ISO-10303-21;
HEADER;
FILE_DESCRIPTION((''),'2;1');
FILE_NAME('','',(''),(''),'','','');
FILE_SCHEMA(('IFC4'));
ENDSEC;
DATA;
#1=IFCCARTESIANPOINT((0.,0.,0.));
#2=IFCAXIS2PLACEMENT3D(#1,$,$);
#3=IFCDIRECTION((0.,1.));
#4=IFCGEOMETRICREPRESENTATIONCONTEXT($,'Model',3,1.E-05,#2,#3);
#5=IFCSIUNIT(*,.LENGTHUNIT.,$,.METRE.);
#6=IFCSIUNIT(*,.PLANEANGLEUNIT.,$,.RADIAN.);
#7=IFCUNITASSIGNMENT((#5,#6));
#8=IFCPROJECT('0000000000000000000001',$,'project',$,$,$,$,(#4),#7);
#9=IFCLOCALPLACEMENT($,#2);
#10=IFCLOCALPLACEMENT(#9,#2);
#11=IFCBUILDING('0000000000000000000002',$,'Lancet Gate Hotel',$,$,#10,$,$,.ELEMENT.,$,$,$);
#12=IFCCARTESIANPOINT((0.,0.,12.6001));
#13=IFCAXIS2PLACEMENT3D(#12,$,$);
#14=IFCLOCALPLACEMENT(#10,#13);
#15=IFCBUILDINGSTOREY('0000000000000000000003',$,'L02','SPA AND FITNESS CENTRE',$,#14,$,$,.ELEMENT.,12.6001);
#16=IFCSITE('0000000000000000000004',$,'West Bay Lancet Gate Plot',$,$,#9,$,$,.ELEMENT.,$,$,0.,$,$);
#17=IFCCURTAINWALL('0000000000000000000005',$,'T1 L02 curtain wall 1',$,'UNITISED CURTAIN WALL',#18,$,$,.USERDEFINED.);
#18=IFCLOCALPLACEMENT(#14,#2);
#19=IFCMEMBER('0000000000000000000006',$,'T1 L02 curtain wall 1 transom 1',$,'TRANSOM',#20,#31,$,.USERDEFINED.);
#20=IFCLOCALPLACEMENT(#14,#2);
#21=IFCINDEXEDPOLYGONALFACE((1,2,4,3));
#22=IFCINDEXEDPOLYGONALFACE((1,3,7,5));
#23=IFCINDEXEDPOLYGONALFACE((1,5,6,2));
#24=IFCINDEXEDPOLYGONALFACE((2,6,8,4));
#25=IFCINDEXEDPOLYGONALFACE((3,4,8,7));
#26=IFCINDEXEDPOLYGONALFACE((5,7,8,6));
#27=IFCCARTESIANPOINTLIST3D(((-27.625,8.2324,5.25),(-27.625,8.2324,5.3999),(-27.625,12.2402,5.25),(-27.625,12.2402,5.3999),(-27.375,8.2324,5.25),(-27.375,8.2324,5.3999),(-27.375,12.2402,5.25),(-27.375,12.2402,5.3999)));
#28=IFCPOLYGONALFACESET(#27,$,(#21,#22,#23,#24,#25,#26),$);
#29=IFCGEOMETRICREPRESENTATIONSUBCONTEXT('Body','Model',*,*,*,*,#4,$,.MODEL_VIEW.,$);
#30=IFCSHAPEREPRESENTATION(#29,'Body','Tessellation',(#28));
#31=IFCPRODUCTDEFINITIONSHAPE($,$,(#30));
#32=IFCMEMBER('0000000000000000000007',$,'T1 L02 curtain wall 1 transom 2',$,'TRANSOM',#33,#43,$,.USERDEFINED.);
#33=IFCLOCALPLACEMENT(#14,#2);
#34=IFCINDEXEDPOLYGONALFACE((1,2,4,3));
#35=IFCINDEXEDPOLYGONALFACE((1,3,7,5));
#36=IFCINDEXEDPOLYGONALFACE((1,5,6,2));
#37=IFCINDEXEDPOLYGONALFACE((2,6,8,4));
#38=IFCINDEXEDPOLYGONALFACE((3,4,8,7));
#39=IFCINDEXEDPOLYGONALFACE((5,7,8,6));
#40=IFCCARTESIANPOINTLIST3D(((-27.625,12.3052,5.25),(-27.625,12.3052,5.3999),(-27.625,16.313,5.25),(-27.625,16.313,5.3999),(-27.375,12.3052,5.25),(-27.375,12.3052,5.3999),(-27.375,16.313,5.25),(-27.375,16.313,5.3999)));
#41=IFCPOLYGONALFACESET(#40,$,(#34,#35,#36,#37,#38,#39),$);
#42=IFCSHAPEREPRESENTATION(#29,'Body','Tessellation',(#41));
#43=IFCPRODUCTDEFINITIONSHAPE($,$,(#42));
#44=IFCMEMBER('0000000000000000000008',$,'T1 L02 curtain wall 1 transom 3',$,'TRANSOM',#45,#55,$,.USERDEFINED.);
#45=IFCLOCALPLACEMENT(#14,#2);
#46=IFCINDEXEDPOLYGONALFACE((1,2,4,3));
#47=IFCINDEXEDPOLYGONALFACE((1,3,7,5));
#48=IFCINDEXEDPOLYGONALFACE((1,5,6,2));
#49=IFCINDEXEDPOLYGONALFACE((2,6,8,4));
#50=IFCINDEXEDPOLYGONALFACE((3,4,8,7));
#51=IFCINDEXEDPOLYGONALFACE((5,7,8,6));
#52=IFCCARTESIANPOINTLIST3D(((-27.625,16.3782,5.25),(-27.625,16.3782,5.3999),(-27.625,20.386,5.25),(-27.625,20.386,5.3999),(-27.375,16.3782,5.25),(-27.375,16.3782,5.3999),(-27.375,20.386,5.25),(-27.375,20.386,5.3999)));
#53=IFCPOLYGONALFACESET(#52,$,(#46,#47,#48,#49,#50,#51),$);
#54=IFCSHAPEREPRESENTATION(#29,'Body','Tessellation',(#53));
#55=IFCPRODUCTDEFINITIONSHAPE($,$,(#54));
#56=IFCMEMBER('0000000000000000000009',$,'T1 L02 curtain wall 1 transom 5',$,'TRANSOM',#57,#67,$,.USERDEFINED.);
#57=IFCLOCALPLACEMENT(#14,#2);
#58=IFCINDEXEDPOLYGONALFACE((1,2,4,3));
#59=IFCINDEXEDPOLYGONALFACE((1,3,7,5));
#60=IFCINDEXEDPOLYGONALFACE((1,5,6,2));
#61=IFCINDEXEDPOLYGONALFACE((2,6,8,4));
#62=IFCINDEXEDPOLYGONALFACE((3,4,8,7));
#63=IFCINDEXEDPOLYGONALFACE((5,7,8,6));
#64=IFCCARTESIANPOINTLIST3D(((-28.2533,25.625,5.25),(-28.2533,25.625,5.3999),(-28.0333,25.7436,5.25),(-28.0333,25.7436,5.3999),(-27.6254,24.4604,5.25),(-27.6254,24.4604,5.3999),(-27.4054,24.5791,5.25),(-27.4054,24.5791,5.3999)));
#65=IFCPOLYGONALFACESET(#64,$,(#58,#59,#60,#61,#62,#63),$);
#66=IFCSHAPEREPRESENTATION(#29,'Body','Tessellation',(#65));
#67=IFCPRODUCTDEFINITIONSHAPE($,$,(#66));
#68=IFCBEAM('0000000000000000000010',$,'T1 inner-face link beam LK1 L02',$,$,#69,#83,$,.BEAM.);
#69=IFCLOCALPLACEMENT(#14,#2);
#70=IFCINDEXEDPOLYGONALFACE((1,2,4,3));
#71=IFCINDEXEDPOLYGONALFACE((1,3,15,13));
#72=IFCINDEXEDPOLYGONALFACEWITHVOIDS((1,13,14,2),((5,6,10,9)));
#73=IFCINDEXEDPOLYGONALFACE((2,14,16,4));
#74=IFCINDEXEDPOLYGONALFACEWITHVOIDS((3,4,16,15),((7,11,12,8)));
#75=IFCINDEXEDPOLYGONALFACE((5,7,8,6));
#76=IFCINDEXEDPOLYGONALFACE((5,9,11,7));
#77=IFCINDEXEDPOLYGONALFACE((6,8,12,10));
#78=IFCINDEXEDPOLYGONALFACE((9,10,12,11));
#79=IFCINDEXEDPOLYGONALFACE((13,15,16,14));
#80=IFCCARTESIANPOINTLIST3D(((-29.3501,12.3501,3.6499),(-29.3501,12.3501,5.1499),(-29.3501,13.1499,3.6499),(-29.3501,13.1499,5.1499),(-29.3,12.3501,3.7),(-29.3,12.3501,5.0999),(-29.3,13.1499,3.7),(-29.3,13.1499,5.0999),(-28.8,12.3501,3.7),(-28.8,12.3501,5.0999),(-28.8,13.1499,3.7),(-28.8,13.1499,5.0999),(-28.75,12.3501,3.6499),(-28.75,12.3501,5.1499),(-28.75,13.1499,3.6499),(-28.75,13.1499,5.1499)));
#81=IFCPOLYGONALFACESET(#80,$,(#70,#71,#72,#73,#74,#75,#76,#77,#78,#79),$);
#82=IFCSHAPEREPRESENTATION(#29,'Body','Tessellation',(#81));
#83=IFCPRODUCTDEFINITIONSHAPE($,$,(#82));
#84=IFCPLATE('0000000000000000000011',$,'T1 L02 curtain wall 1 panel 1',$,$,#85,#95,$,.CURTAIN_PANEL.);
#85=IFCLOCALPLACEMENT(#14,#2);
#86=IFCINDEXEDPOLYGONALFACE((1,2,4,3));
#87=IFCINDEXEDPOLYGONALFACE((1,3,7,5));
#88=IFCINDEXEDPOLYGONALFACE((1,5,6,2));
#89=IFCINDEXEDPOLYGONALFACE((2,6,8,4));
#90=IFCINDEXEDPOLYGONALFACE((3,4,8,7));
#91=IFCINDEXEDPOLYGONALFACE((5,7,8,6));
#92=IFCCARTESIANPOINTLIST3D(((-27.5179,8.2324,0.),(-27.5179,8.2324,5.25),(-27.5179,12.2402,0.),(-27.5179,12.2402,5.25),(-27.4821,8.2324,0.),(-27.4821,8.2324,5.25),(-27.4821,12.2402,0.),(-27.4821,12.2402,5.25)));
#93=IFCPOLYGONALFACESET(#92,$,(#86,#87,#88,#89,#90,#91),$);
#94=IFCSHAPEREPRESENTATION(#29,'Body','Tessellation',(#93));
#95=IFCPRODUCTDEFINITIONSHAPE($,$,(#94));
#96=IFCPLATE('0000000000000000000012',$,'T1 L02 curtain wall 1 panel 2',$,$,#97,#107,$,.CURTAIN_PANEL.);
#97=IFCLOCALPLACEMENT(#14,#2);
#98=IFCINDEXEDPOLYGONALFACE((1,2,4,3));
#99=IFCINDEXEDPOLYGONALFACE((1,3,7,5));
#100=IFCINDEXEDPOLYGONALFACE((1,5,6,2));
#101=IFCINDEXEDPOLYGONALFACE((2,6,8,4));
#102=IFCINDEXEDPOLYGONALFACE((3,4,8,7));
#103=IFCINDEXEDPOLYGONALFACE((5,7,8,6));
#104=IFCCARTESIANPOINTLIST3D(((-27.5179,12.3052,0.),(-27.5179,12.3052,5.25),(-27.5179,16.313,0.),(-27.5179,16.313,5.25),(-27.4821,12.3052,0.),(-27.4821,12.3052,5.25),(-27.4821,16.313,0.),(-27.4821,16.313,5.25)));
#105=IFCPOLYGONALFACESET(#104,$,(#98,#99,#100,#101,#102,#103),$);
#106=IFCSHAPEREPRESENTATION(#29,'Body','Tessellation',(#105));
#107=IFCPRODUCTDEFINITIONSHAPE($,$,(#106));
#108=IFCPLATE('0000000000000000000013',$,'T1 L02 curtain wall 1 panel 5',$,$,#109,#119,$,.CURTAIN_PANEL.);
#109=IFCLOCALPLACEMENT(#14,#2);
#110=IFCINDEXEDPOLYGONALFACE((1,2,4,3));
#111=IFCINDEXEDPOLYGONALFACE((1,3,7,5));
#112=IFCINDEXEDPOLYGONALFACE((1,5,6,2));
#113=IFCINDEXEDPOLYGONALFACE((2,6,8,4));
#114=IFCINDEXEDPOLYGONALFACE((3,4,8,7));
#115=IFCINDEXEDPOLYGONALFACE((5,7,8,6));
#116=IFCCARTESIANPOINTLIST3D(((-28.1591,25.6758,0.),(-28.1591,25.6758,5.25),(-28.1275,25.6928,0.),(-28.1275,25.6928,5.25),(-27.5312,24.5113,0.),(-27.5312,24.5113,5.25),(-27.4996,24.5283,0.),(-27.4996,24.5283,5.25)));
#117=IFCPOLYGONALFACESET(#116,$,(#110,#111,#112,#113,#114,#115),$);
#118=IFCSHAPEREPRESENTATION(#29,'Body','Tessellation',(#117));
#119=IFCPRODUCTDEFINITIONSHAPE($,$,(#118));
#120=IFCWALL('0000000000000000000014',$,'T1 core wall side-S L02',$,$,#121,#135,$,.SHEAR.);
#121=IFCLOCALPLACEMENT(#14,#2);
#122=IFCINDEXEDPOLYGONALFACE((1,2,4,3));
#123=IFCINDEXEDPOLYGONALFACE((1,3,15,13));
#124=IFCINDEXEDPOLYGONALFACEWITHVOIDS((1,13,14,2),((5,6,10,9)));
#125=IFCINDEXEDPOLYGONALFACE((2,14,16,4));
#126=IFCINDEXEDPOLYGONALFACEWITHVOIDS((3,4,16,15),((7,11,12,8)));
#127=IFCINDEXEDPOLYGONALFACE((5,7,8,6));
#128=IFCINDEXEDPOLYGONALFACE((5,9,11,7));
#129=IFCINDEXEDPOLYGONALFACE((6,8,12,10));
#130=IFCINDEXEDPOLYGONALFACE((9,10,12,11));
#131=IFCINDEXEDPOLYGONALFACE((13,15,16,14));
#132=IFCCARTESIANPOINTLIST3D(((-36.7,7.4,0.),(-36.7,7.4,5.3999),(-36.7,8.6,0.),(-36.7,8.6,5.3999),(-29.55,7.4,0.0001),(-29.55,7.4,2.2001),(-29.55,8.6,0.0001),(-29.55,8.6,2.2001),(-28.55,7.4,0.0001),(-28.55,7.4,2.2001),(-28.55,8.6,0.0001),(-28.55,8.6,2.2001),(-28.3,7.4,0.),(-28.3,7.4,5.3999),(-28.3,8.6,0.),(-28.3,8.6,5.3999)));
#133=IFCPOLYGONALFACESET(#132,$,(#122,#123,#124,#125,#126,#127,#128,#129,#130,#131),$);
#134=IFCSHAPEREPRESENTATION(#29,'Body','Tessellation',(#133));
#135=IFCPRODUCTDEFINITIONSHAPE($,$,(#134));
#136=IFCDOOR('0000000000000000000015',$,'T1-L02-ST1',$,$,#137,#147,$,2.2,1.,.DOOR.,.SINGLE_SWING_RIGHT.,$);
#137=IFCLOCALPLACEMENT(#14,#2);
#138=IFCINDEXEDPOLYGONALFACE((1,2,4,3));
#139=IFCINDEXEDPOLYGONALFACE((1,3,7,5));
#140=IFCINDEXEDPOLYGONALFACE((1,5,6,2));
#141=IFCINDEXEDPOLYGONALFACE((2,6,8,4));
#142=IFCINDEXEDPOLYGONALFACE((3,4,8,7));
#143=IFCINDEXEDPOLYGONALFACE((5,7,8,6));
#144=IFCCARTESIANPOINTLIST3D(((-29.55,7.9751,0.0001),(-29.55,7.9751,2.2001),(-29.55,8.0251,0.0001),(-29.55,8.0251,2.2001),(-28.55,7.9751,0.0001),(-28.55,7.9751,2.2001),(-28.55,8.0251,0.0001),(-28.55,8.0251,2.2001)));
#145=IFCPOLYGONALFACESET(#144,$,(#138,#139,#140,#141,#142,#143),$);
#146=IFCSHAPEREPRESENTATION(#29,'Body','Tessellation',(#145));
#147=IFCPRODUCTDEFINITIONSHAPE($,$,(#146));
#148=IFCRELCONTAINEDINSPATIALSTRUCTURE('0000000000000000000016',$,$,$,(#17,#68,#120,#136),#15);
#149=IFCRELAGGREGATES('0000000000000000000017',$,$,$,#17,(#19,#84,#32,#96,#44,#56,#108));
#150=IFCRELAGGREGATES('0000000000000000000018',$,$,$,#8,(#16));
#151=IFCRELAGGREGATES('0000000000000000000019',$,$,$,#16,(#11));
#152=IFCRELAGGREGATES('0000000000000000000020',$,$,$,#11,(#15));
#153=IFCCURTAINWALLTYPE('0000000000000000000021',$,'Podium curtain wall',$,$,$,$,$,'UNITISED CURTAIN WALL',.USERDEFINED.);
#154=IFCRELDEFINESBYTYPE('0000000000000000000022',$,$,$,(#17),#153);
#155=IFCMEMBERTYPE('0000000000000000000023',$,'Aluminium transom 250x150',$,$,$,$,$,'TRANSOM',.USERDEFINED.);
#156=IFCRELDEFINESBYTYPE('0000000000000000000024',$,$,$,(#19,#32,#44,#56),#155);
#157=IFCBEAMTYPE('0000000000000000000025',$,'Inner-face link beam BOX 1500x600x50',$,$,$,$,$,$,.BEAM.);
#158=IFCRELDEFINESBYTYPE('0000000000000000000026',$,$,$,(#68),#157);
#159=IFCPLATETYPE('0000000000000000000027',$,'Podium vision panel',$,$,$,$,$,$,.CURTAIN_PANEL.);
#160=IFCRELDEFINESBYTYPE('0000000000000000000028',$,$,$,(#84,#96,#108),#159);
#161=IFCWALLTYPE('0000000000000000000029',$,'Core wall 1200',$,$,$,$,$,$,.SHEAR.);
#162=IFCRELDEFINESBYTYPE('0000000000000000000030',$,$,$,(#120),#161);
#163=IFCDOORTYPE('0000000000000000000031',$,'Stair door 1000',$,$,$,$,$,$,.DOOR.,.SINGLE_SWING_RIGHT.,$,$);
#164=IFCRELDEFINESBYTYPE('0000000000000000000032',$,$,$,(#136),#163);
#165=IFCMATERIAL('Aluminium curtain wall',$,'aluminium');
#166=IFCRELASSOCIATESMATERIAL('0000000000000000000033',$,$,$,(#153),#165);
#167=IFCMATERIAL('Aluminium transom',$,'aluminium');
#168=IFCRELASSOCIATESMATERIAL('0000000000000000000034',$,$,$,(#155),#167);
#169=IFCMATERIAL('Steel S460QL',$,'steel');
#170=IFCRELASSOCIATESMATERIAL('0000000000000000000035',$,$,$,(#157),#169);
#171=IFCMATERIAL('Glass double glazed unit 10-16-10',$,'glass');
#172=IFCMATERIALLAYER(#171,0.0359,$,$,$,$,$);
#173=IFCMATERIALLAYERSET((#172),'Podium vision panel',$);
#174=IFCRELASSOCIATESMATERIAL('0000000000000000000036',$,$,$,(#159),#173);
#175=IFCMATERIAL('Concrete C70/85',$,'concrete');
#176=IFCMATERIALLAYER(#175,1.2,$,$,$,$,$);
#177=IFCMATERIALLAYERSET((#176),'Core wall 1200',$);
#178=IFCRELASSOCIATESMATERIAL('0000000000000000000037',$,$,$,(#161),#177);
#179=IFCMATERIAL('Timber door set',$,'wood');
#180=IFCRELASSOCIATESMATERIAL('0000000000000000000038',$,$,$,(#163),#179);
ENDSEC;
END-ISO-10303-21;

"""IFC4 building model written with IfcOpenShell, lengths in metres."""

from ifc_helpers import new_model, si_unit, direction, frame, frame_2d, origin, origin_2d, place, context, subcontext, project, spatial, rectangle, hollow_rectangle, extrude, material, layer, layer_set, material_profile, profile_set, type_object, element, fill, aggregate, save


model = new_model("IFC4")

# Units and contexts
model_context = context("Model", 3, precision=1e-05, world=origin(), true_north=direction((0.0, 1.0)))
body_context = subcontext(model_context, "Body", "Model", "MODEL_VIEW")
ifc_project = project(units=[si_unit("LENGTHUNIT", "METRE"), si_unit("PLANEANGLEUNIT", "RADIAN")], contexts=[model_context])

# Site, building, storey
site_placement = place(None, origin())
site = spatial("IfcSite", under=ifc_project, at=site_placement, Name="West Bay Lancet Gate Plot", CompositionType="ELEMENT", RefElevation=0.0)
building_placement = place(site_placement, origin())
building = spatial("IfcBuilding", under=site, at=building_placement, Name="Lancet Gate Hotel", CompositionType="ELEMENT")
storey_placement = place(building_placement, frame((0.0, 0.0, 12.6001)))
storey = spatial("IfcBuildingStorey", under=building, at=storey_placement, Name="L02", Description="SPA AND FITNESS CENTRE", CompositionType="ELEMENT", Elevation=12.6001)

# Curtain wall, members
ifc_material_1 = material(Name="Aluminium curtain wall", Category="aluminium")
curtain_wall_type = type_object("IfcCurtainWallType", Name="Podium curtain wall", ElementType="UNITISED CURTAIN WALL", PredefinedType="USERDEFINED", material=ifc_material_1)
curtain_wall_placement = place(storey_placement, origin())
curtain_wall = element("IfcCurtainWall", 1, at=curtain_wall_placement, inside=storey, type_object=curtain_wall_type, Name="T1 L02 curtain wall 1", ObjectType="UNITISED CURTAIN WALL", PredefinedType="USERDEFINED")
ifc_material_2 = material(Name="Aluminium transom", Category="aluminium")
ifc_material_profile_1 = material_profile(ifc_material_2, rectangle(XDim=0.25, YDim=0.1499, at=origin_2d()), Name="TRANSOM 250x150")
ifc_profile_set_1 = profile_set([ifc_material_profile_1], Name="Aluminium transom")
member_type_1 = type_object("IfcMemberType", Name="Aluminium transom 250x150", ElementType="TRANSOM", PredefinedType="USERDEFINED", material=ifc_profile_set_1)
member_1_placement = place(storey_placement, frame((-27.5, 8.2324, 5.325), z_axis=(0.0, 1.0, 0.0), x_axis=(-1.0, 0.0, 0.0)))
member_1 = element("IfcMember", 2, at=member_1_placement, type_object=member_type_1, Name="T1 L02 curtain wall 1 transom 1", ObjectType="TRANSOM", PredefinedType="USERDEFINED", context=body_context, shape_type="SweptSolid", body=[
    extrude(rectangle(XDim=0.25, YDim=0.1499, at=origin_2d()), origin(), (0.0, 0.0, 1.0), 4.0078),
])
member_2_placement = place(storey_placement, frame((-27.5, 12.3052, 5.325), z_axis=(0.0, 1.0, 0.0), x_axis=(-1.0, 0.0, 0.0)))
member_2 = element("IfcMember", 3, at=member_2_placement, type_object=member_type_1, Name="T1 L02 curtain wall 1 transom 2", ObjectType="TRANSOM", PredefinedType="USERDEFINED", context=body_context, shape_type="SweptSolid", body=[
    extrude(rectangle(XDim=0.25, YDim=0.1499, at=origin_2d()), origin(), (0.0, 0.0, 1.0), 4.0078),
])
member_3_placement = place(storey_placement, frame((-27.5, 16.3782, 5.325), z_axis=(0.0, 1.0, 0.0), x_axis=(-1.0, 0.0, 0.0)))
member_3 = element("IfcMember", 4, at=member_3_placement, type_object=member_type_1, Name="T1 L02 curtain wall 1 transom 3", ObjectType="TRANSOM", PredefinedType="USERDEFINED", context=body_context, shape_type="SweptSolid", body=[
    extrude(rectangle(XDim=0.25, YDim=0.1499, at=origin_2d()), origin(), (0.0, 0.0, 1.0), 4.0078),
])
member_4_placement = place(storey_placement, frame((-27.5154, 24.5198, 5.325), z_axis=(-0.474606, 0.880198, 0.0), x_axis=(-0.880198, -0.474606, 0.0)))
member_4 = element("IfcMember", 5, at=member_4_placement, type_object=member_type_1, Name="T1 L02 curtain wall 1 transom 5", ObjectType="TRANSOM", PredefinedType="USERDEFINED", context=body_context, shape_type="SweptSolid", body=[
    extrude(rectangle(XDim=0.25, YDim=0.1499, at=origin_2d()), origin(), (0.0, 0.0, 1.0), 1.323),
])

# Beam
ifc_material_3 = material(Name="Steel S460QL", Category="steel")
ifc_material_profile_2 = material_profile(ifc_material_3, hollow_rectangle(XDim=0.6001, YDim=1.5, WallThickness=0.05, at=origin_2d()), Name="BOX 1500x600x50")
ifc_profile_set_2 = profile_set([ifc_material_profile_2], Name="Steel S460QL")
beam_type = type_object("IfcBeamType", Name="Inner-face link beam BOX 1500x600x50", PredefinedType="BEAM", material=ifc_profile_set_2)
beam_placement = place(storey_placement, frame((-29.05, 13.1499, 4.3999), z_axis=(0.0, -1.0, 0.0), x_axis=(1.0, 0.0, 0.0)))
element("IfcBeam", 6, at=beam_placement, inside=storey, type_object=beam_type, Name="T1 inner-face link beam LK1 L02", PredefinedType="BEAM", context=body_context, shape_type="SweptSolid", body=[
    extrude(hollow_rectangle(XDim=0.6001, YDim=1.5, WallThickness=0.05, at=origin_2d()), origin(), (0.0, 0.0, 1.0), 0.7998),
])

# Plates
ifc_material_4 = material(Name="Glass double glazed unit 10-16-10", Category="glass")
ifc_layer_1 = layer(ifc_material_4, 0.0359)
ifc_layer_set_1 = layer_set([ifc_layer_1], Name="Podium vision panel")
plate_type = type_object("IfcPlateType", Name="Podium vision panel", PredefinedType="CURTAIN_PANEL", material=ifc_layer_set_1)
plate_1_placement = place(storey_placement, frame((-27.5, 10.2363, 0.0), z_axis=(0.0, 0.0, 1.0), x_axis=(0.0, 1.0, 0.0)))
plate_1 = element("IfcPlate", 7, at=plate_1_placement, type_object=plate_type, Name="T1 L02 curtain wall 1 panel 1", PredefinedType="CURTAIN_PANEL", context=body_context, shape_type="SweptSolid", body=[
    extrude(rectangle(XDim=4.0078, YDim=0.0359, at=origin_2d()), origin(), (0.0, 0.0, 1.0), 5.25),
])
plate_2_placement = place(storey_placement, frame((-27.5, 14.3091, 0.0), z_axis=(0.0, 0.0, 1.0), x_axis=(0.0, 1.0, 0.0)))
plate_2 = element("IfcPlate", 8, at=plate_2_placement, type_object=plate_type, Name="T1 L02 curtain wall 1 panel 2", PredefinedType="CURTAIN_PANEL", context=body_context, shape_type="SweptSolid", body=[
    extrude(rectangle(XDim=4.0078, YDim=0.0359, at=origin_2d()), origin(), (0.0, 0.0, 1.0), 5.25),
])
plate_3_placement = place(storey_placement, frame((-27.8293, 25.1021, 0.0), z_axis=(0.0, 0.0, 1.0), x_axis=(-0.474631, 0.880185, 0.0)))
plate_3 = element("IfcPlate", 9, at=plate_3_placement, type_object=plate_type, Name="T1 L02 curtain wall 1 panel 5", PredefinedType="CURTAIN_PANEL", context=body_context, shape_type="SweptSolid", body=[
    extrude(rectangle(XDim=1.323, YDim=0.0359, at=origin_2d()), origin(), (0.0, 0.0, 1.0), 5.25),
])
aggregate(curtain_wall, [member_1, plate_1, member_2, plate_2, member_3, member_4, plate_3])

# Wall, opening, door
ifc_material_5 = material(Name="Concrete C70/85", Category="concrete")
ifc_layer_2 = layer(ifc_material_5, 1.2)
ifc_layer_set_2 = layer_set([ifc_layer_2], Name="Core wall 1200")
wall_type_1 = type_object("IfcWallType", Name="Core wall 1200", PredefinedType="SHEAR", material=ifc_layer_set_2)
wall_1_placement = place(storey_placement, frame((-28.3, 8.0, 0.0), z_axis=(0.0, 0.0, 1.0), x_axis=(-1.0, 0.0, 0.0)))
wall_1 = element("IfcWall", 10, at=wall_1_placement, inside=storey, type_object=wall_type_1, Name="T1 core wall side-S L02", PredefinedType="SHEAR", context=body_context, shape_type="SweptSolid", body=[
    extrude(rectangle(XDim=8.3999, YDim=1.2, at=frame_2d((4.2, 0.0))), origin(), (0.0, 0.0, 1.0), 5.3999),
])
opening_1_placement = place(wall_1_placement, frame((0.25, 0.0, 0.0)))
opening_1 = element("IfcOpeningElement", 11, at=opening_1_placement, cuts=wall_1, PredefinedType="OPENING", context=body_context, shape_type="SweptSolid", body=[
    extrude(rectangle(XDim=1.0, YDim=2.2, at=frame_2d((0.5, 1.1001))), frame((0.0, 0.6099, 0.0), z_axis=(0.0, -1.0, 0.0), x_axis=(1.0, 0.0, 0.0)), (0.0, 0.0, 1.0), 1.22),
])
ifc_material_6 = material(Name="Timber door set", Category="wood")
door_type_1 = type_object("IfcDoorType", Name="Stair door 1000", OperationType="SINGLE_SWING_RIGHT", PredefinedType="DOOR", material=ifc_material_6)
door_1_placement = place(opening_1_placement, origin())
door_1 = element("IfcDoor", 12, at=door_1_placement, inside=storey, type_object=door_type_1, Name="T1-L02-ST1", OperationType="SINGLE_SWING_RIGHT", OverallHeight=2.2, OverallWidth=1.0, PredefinedType="DOOR", context=body_context, shape_type="SweptSolid", body=[
    extrude(rectangle(XDim=1.0, YDim=2.2, at=frame_2d((0.5, 1.1001))), frame((0.0, 0.0249, 0.0), z_axis=(0.0, -1.0, 0.0), x_axis=(1.0, 0.0, 0.0)), (0.0, 0.0, 1.0), 0.05),
])
fill(opening_1, door_1)

save(model, "model.ifc")
